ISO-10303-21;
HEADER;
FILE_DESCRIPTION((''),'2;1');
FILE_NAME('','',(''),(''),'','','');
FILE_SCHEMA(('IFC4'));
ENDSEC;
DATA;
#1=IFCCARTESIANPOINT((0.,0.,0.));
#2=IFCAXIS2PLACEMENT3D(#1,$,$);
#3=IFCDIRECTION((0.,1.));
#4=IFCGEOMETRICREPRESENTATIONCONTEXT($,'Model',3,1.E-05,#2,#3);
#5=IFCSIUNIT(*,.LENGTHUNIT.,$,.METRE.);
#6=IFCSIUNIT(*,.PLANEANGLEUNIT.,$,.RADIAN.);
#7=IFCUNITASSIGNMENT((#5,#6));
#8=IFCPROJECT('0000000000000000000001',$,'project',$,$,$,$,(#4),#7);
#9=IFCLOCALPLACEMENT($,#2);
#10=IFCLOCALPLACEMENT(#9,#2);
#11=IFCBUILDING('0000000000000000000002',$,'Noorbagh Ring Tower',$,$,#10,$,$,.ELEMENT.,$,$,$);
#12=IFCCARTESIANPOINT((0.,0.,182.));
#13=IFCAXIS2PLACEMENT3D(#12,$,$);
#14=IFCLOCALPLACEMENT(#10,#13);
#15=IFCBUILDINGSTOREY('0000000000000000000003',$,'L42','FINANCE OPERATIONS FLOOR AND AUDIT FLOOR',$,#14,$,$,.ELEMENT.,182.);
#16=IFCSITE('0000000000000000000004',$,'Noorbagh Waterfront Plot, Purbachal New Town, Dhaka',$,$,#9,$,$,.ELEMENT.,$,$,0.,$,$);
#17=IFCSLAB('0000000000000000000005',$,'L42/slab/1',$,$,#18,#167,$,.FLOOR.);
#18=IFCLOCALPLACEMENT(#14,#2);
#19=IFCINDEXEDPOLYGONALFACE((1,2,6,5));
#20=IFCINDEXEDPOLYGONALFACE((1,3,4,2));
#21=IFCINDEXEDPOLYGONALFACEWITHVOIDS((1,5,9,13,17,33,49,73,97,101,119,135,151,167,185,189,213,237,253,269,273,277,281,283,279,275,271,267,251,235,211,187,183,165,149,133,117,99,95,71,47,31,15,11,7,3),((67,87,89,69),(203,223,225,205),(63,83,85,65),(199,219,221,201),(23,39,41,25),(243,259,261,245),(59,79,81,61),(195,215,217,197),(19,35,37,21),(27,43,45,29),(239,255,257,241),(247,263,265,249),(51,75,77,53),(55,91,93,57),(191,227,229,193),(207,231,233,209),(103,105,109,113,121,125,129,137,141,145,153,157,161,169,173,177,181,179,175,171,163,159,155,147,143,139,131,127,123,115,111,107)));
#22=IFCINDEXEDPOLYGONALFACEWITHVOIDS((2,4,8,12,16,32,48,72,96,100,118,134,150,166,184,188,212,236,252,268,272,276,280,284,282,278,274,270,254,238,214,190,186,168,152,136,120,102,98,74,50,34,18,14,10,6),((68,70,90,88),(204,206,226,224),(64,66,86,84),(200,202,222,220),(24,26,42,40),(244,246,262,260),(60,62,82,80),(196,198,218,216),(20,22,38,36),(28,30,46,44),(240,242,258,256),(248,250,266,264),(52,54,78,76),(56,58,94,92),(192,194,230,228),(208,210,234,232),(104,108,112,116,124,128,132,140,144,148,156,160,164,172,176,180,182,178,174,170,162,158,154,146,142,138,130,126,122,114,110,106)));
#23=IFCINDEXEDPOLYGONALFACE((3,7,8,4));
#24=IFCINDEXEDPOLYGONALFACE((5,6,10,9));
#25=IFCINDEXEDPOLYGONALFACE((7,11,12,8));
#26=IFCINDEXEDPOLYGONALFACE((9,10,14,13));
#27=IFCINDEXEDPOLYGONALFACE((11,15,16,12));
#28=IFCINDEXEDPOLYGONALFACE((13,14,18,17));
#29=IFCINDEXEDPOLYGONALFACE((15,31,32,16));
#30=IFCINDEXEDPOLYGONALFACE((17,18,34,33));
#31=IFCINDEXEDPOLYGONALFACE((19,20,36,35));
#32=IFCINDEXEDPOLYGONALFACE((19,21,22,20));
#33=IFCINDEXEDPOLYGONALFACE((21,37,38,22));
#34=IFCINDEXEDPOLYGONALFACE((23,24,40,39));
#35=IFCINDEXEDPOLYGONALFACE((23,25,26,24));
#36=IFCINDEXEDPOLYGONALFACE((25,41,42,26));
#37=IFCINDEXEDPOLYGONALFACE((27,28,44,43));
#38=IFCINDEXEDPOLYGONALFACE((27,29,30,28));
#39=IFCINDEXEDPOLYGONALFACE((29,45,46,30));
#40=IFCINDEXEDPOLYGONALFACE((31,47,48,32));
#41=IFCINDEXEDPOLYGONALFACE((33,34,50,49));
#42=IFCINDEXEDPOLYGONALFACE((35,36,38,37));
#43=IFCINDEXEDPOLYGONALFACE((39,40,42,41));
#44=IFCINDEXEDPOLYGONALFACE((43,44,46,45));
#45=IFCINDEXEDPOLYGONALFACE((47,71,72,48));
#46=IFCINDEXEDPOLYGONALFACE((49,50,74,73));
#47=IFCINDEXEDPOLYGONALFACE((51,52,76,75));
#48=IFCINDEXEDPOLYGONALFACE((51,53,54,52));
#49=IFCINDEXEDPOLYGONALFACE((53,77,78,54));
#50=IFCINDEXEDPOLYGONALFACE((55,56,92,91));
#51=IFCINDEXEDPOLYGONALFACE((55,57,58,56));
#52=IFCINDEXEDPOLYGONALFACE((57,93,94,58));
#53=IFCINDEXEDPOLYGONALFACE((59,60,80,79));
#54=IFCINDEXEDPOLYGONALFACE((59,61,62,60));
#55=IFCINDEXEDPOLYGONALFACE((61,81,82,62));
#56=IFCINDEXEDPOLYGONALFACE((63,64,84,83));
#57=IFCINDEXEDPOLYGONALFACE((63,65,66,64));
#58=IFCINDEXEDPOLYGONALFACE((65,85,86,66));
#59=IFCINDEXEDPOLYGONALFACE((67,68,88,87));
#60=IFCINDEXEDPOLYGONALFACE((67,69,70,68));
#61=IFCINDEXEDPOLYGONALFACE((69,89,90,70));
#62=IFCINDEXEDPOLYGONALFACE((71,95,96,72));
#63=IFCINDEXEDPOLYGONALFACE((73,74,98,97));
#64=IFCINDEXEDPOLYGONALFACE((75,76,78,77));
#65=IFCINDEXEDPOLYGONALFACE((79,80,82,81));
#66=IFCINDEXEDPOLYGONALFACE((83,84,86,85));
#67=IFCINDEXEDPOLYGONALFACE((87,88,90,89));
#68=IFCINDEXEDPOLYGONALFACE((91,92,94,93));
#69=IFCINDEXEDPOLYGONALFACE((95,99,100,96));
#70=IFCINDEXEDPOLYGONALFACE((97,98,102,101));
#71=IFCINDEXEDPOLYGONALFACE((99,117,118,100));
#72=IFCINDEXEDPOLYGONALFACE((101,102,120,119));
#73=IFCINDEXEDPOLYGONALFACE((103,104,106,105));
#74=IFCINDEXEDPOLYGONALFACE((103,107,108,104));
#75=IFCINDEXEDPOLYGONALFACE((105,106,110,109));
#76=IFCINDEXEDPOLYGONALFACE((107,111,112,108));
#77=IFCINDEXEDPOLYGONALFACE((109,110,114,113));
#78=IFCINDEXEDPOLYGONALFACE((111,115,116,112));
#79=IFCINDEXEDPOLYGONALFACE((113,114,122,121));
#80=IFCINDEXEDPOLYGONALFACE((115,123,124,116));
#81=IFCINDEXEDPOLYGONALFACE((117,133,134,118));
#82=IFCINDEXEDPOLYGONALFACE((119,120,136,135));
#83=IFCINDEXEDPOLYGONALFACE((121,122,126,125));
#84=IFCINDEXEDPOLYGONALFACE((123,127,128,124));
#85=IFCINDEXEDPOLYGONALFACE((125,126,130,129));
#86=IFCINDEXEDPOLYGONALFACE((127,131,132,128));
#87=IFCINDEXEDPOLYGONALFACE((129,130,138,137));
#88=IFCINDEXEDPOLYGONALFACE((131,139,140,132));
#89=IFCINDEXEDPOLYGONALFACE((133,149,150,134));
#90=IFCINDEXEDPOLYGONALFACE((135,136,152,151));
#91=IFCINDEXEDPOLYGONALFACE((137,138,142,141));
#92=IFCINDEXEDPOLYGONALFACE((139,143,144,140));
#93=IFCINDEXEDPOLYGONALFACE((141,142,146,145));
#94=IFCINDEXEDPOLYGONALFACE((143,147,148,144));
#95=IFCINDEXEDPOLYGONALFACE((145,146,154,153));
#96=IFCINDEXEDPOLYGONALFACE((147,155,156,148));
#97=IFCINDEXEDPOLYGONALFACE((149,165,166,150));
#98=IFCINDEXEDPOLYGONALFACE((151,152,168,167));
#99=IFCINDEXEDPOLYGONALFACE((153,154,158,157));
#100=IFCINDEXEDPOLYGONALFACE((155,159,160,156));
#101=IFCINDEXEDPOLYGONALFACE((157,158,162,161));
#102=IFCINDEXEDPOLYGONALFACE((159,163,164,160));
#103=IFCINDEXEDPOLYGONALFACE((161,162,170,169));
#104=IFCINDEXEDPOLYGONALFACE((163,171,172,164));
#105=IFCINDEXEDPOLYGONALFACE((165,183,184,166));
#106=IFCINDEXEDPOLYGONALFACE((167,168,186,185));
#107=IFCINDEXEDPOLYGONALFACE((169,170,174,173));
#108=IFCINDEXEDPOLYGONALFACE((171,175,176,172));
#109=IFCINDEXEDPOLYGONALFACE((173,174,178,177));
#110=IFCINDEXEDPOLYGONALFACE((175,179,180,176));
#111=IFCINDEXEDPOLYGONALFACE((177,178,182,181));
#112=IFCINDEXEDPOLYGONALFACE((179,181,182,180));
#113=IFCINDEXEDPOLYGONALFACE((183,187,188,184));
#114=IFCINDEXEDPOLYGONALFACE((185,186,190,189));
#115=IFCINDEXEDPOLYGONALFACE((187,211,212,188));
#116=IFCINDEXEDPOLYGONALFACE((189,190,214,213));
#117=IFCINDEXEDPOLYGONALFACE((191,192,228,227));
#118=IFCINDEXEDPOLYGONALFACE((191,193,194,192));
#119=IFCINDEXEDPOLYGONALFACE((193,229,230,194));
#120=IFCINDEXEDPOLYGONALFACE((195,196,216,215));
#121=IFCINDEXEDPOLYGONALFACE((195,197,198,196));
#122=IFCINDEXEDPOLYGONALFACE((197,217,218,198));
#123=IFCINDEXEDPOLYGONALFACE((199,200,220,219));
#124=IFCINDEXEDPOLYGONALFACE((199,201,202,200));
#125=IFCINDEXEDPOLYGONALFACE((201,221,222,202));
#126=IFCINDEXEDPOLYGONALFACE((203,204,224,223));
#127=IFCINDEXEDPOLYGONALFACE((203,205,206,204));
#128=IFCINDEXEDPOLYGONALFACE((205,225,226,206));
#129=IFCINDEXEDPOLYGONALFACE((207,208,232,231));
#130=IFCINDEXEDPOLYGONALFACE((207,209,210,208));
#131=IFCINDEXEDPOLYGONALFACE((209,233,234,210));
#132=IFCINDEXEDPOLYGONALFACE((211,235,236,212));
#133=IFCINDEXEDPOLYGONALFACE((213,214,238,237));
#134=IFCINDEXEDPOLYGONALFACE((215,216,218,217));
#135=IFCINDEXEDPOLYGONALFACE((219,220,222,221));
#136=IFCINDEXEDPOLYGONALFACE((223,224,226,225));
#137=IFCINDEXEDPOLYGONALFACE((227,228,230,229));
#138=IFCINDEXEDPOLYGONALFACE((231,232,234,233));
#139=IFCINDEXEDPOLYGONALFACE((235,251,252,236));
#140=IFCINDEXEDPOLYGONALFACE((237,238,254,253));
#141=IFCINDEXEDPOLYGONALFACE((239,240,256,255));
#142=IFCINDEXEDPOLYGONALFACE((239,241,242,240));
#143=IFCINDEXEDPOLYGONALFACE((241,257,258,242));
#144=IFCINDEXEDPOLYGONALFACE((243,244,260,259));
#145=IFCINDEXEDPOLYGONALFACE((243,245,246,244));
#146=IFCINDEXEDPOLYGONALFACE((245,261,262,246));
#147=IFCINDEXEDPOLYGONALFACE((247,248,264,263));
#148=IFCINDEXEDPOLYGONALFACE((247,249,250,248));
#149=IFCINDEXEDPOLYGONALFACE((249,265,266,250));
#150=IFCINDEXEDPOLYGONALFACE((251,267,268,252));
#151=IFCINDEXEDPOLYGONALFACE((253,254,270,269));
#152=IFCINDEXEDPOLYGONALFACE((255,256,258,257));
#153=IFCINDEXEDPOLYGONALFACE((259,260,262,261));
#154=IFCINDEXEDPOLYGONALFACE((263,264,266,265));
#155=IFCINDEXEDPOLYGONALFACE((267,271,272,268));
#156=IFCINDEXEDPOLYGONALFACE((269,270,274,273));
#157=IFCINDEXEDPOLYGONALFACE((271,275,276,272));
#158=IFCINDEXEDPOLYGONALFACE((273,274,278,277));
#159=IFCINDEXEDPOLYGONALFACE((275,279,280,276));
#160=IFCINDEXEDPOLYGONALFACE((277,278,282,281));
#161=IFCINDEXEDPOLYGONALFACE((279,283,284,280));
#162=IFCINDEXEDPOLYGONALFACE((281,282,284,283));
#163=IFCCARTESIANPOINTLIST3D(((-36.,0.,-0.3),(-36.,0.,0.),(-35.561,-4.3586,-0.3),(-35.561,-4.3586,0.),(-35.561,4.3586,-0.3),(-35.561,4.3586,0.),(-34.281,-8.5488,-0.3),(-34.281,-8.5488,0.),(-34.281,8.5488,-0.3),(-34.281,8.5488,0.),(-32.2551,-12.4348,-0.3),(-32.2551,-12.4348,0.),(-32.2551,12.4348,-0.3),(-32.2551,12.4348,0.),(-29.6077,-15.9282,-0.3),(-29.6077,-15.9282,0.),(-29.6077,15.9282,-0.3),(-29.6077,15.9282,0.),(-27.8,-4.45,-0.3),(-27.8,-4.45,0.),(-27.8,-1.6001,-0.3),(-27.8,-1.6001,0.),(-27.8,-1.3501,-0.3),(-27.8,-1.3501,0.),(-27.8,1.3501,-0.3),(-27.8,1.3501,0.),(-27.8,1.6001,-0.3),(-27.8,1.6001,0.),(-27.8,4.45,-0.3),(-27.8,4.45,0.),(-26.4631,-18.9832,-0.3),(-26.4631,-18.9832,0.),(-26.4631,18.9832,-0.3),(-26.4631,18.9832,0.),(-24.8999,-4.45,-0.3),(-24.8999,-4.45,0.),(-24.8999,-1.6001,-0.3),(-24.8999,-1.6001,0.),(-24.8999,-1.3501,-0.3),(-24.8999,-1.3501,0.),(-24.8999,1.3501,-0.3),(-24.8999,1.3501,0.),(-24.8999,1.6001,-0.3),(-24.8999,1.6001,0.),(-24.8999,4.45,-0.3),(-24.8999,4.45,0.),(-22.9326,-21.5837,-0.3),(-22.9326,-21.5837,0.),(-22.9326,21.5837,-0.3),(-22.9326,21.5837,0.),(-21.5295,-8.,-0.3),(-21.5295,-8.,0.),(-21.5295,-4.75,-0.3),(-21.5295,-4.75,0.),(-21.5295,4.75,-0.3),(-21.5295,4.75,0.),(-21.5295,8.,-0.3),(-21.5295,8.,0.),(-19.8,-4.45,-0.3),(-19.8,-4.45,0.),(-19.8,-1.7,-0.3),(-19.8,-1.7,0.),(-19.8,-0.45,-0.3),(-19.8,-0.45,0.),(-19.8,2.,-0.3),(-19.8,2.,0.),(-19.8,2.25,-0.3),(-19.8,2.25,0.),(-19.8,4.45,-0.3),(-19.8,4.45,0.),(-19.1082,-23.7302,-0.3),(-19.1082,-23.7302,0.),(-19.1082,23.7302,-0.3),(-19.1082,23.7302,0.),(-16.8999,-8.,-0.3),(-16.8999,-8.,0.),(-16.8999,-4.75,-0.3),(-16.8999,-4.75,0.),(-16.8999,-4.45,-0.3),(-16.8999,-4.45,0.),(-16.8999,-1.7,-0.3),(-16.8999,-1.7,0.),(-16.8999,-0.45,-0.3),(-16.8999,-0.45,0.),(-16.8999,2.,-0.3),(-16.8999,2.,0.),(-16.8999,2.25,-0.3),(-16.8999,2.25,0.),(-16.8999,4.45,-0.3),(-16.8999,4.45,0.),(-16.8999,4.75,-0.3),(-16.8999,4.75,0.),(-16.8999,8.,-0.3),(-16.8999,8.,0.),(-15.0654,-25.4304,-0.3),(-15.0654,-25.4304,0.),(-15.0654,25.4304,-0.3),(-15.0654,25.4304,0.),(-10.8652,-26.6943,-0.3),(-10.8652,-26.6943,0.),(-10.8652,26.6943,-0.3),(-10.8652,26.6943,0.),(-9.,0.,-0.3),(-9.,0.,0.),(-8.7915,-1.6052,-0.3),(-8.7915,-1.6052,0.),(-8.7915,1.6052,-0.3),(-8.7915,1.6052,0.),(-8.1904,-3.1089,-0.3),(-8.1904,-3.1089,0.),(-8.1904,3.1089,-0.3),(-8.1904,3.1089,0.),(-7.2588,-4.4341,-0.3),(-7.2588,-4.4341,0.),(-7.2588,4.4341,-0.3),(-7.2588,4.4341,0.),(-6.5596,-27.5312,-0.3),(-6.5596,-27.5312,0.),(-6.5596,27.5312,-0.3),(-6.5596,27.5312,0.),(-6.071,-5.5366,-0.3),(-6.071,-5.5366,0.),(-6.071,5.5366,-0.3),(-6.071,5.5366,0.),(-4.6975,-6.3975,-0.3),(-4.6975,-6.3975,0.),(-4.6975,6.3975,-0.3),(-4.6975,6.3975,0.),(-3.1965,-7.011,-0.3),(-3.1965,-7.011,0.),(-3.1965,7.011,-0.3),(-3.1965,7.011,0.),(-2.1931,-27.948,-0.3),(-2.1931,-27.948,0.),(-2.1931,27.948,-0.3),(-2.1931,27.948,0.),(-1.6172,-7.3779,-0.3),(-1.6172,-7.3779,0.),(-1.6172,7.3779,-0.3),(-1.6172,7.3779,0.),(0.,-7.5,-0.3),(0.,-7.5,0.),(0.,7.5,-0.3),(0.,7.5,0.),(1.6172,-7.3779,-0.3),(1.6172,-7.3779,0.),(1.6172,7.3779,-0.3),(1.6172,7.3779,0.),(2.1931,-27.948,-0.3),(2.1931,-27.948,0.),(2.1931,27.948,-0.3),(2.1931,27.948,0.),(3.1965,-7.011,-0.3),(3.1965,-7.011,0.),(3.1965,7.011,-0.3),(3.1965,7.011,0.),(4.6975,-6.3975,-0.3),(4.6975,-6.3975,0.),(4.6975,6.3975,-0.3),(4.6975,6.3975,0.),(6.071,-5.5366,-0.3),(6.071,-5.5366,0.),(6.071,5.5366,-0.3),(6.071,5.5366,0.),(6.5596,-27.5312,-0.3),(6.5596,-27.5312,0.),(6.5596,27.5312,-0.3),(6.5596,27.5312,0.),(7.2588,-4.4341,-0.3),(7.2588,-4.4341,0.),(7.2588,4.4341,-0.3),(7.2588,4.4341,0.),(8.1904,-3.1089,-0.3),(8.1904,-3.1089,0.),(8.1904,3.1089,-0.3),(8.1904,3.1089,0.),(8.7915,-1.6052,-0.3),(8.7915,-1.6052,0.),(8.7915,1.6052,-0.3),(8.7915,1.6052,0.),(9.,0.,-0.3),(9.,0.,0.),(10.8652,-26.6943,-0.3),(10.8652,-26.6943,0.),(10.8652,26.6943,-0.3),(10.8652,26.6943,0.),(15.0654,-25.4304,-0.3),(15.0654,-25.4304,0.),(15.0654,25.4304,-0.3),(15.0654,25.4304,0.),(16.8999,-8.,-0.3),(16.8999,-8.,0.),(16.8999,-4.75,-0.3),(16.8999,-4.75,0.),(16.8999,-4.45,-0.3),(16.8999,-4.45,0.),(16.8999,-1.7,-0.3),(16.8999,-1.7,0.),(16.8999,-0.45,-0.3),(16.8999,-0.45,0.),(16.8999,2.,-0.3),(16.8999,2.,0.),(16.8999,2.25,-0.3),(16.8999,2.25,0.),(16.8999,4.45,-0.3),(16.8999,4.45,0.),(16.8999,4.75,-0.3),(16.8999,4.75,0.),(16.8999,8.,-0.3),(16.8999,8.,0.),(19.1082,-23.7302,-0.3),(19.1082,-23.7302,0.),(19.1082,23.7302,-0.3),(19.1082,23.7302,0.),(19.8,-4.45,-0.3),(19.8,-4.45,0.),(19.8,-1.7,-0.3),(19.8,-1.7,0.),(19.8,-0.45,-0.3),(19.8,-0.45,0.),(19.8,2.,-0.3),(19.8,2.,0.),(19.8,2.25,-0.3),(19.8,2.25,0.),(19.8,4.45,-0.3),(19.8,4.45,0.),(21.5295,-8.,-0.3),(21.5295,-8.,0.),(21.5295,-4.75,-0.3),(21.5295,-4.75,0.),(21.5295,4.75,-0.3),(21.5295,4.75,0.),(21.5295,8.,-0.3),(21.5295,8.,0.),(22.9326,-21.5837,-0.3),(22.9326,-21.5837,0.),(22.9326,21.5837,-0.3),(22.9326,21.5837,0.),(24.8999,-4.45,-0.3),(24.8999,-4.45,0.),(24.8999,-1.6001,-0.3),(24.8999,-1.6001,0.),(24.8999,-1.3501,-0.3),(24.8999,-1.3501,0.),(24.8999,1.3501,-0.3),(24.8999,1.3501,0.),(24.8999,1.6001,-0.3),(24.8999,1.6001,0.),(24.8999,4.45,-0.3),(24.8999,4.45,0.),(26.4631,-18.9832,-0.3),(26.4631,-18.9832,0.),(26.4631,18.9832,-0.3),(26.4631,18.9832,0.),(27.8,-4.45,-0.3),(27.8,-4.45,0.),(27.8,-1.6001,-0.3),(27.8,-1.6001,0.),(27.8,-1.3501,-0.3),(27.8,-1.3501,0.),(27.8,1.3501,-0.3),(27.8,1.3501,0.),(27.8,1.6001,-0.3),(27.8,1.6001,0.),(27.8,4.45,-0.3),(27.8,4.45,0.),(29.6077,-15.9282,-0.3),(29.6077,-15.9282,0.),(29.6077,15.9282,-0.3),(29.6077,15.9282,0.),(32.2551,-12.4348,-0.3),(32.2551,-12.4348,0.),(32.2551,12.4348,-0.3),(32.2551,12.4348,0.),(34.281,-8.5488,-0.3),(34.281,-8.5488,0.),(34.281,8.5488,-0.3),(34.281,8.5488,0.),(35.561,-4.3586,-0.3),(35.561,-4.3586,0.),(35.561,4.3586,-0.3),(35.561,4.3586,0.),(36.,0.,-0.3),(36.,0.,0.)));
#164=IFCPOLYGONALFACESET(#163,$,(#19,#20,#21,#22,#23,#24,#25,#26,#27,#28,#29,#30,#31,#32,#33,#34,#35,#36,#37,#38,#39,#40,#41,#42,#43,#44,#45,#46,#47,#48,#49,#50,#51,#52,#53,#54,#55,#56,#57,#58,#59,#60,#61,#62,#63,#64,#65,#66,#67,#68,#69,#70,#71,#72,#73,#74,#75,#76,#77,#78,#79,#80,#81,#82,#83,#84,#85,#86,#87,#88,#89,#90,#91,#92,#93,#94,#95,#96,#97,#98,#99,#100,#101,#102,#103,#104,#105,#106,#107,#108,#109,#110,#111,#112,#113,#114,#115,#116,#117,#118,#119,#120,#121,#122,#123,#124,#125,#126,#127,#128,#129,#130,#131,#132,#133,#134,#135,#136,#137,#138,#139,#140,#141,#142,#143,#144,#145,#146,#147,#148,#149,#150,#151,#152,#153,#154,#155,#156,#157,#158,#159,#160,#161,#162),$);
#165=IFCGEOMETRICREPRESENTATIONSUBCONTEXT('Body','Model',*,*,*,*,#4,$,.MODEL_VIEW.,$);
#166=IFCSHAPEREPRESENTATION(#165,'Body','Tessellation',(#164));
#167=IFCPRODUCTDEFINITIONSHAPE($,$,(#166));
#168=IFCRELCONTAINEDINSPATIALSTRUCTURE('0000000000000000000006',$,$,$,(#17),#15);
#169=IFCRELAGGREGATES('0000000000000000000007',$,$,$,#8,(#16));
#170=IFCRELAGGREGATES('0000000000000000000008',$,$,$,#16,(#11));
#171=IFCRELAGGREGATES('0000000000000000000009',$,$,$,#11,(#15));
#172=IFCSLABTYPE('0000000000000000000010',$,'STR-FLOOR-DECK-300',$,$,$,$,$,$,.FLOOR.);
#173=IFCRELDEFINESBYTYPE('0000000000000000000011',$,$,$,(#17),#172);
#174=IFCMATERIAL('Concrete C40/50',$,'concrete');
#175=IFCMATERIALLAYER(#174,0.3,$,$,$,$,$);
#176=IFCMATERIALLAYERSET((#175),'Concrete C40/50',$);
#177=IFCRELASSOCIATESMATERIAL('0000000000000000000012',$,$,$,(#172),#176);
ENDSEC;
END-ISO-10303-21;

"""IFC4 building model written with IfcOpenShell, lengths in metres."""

from ifc_helpers import new_model, si_unit, direction, frame, origin, place, context, subcontext, project, spatial, polyline, outline, extrude, material, layer, layer_set, type_object, element, save


model = new_model("IFC4")

# Units and contexts
model_context = context("Model", 3, precision=1e-05, world=origin(), true_north=direction((0.0, 1.0)))
body_context = subcontext(model_context, "Body", "Model", "MODEL_VIEW")
ifc_project = project(units=[si_unit("LENGTHUNIT", "METRE"), si_unit("PLANEANGLEUNIT", "RADIAN")], contexts=[model_context])

# Site, building, storey
site_placement = place(None, origin())
building_placement = place(site_placement, origin())
storey_placement = place(building_placement, frame((0.0, 0.0, 182.0)))
site = spatial("IfcSite", under=ifc_project, at=site_placement, Name="Noorbagh Waterfront Plot, Purbachal New Town, Dhaka", CompositionType="ELEMENT", RefElevation=0.0)
building = spatial("IfcBuilding", under=site, at=building_placement, Name="Noorbagh Ring Tower", CompositionType="ELEMENT")
storey = spatial("IfcBuildingStorey", under=building, at=storey_placement, Name="L42", Description="FINANCE OPERATIONS FLOOR AND AUDIT FLOOR", CompositionType="ELEMENT", Elevation=182.0)

# Slab
ifc_material_1 = material(Name="Concrete C40/50", Category="concrete")
ifc_layer_1 = layer(ifc_material_1, 0.3)
ifc_layer_set_1 = layer_set([ifc_layer_1], Name="Concrete C40/50")
slab_type = type_object("IfcSlabType", Name="STR-FLOOR-DECK-300", PredefinedType="FLOOR", material=ifc_layer_set_1)
slab_placement = place(storey_placement, frame((0.0, 0.0, -0.3)))
element("IfcSlab", 1, at=slab_placement, inside=storey, type_object=slab_type, Name="L42/slab/1", PredefinedType="FLOOR", context=body_context, shape_type="SweptSolid", body=[
    extrude(outline(polyline([(36.0, 0.0), (35.561, 4.3586), (34.281, 8.5488), (32.2551, 12.4348), (29.6077, 15.9282), (26.4631, 18.9832), (22.9326, 21.5837), (19.1082, 23.7302), (15.0654, 25.4304), (10.8652, 26.6943), (6.5596, 27.5312), (2.1931, 27.948), (-2.1931, 27.948), (-6.5596, 27.5312), (-10.8652, 26.6943), (-15.0654, 25.4304), (-19.1082, 23.7302), (-22.9326, 21.5837), (-26.4631, 18.9832), (-29.6077, 15.9282), (-32.2551, 12.4348), (-34.281, 8.5488), (-35.561, 4.3586), (-36.0, 0.0), (-35.561, -4.3586), (-34.281, -8.5488), (-32.2551, -12.4348), (-29.6077, -15.9282), (-26.4631, -18.9832), (-22.9326, -21.5837), (-19.1082, -23.7302), (-15.0654, -25.4304), (-10.8652, -26.6943), (-6.5596, -27.5312), (-2.1931, -27.948), (2.1931, -27.948), (6.5596, -27.5312), (10.8652, -26.6943), (15.0654, -25.4304), (19.1082, -23.7302), (22.9326, -21.5837), (26.4631, -18.9832), (29.6077, -15.9282), (32.2551, -12.4348), (34.281, -8.5488), (35.561, -4.3586), (36.0, 0.0)]), holes=[polyline([(24.8999, 4.45), (27.8, 4.45), (27.8, 1.6001), (24.8999, 1.6001), (24.8999, 4.45)]), polyline([(24.8999, 1.3501), (27.8, 1.3501), (27.8, -1.3501), (24.8999, -1.3501), (24.8999, 1.3501)]), polyline([(24.8999, -1.6001), (27.8, -1.6001), (27.8, -4.45), (24.8999, -4.45), (24.8999, -1.6001)]), polyline([(21.5295, -8.0), (16.8999, -8.0), (16.8999, -4.75), (21.5295, -4.75), (21.5295, -8.0)]), polyline([(16.8999, 4.75), (16.8999, 8.0), (21.5295, 8.0), (21.5295, 4.75), (16.8999, 4.75)]), polyline([(19.8, 4.45), (19.8, 2.25), (16.8999, 2.25), (16.8999, 4.45), (19.8, 4.45)]), polyline([(16.8999, 2.0), (19.8, 2.0), (19.8, -0.45), (16.8999, -0.45), (16.8999, 2.0)]), polyline([(16.8999, -1.7), (19.8, -1.7), (19.8, -4.45), (16.8999, -4.45), (16.8999, -1.7)]), polyline([(4.6975, -6.3975), (3.1965, -7.011), (1.6172, -7.3779), (0.0, -7.5), (-1.6172, -7.3779), (-3.1965, -7.011), (-4.6975, -6.3975), (-6.071, -5.5366), (-7.2588, -4.4341), (-8.1904, -3.1089), (-8.7915, -1.6052), (-9.0, 0.0), (-8.7915, 1.6052), (-8.1904, 3.1089), (-7.2588, 4.4341), (-6.071, 5.5366), (-4.6975, 6.3975), (-3.1965, 7.011), (-1.6172, 7.3779), (0.0, 7.5), (1.6172, 7.3779), (3.1965, 7.011), (4.6975, 6.3975), (6.071, 5.5366), (7.2588, 4.4341), (8.1904, 3.1089), (8.7915, 1.6052), (9.0, 0.0), (8.7915, -1.6052), (8.1904, -3.1089), (7.2588, -4.4341), (6.071, -5.5366), (4.6975, -6.3975)]), polyline([(-16.8999, 2.25), (-19.8, 2.25), (-19.8, 4.45), (-16.8999, 4.45), (-16.8999, 2.25)]), polyline([(-16.8999, -0.45), (-19.8, -0.45), (-19.8, 2.0), (-16.8999, 2.0), (-16.8999, -0.45)]), polyline([(-16.8999, -4.45), (-19.8, -4.45), (-19.8, -1.7), (-16.8999, -1.7), (-16.8999, -4.45)]), polyline([(-21.5295, 8.0), (-16.8999, 8.0), (-16.8999, 4.75), (-21.5295, 4.75), (-21.5295, 8.0)]), polyline([(-21.5295, -4.75), (-16.8999, -4.75), (-16.8999, -8.0), (-21.5295, -8.0), (-21.5295, -4.75)]), polyline([(-24.8999, -4.45), (-27.8, -4.45), (-27.8, -1.6001), (-24.8999, -1.6001), (-24.8999, -4.45)]), polyline([(-24.8999, 1.6001), (-27.8, 1.6001), (-27.8, 4.45), (-24.8999, 4.45), (-24.8999, 1.6001)]), polyline([(-24.8999, -1.3501), (-27.8, -1.3501), (-27.8, 1.3501), (-24.8999, 1.3501), (-24.8999, -1.3501)])]), origin(), (0.0, 0.0, 1.0), 0.3),
])

save(model, "model.ifc")
